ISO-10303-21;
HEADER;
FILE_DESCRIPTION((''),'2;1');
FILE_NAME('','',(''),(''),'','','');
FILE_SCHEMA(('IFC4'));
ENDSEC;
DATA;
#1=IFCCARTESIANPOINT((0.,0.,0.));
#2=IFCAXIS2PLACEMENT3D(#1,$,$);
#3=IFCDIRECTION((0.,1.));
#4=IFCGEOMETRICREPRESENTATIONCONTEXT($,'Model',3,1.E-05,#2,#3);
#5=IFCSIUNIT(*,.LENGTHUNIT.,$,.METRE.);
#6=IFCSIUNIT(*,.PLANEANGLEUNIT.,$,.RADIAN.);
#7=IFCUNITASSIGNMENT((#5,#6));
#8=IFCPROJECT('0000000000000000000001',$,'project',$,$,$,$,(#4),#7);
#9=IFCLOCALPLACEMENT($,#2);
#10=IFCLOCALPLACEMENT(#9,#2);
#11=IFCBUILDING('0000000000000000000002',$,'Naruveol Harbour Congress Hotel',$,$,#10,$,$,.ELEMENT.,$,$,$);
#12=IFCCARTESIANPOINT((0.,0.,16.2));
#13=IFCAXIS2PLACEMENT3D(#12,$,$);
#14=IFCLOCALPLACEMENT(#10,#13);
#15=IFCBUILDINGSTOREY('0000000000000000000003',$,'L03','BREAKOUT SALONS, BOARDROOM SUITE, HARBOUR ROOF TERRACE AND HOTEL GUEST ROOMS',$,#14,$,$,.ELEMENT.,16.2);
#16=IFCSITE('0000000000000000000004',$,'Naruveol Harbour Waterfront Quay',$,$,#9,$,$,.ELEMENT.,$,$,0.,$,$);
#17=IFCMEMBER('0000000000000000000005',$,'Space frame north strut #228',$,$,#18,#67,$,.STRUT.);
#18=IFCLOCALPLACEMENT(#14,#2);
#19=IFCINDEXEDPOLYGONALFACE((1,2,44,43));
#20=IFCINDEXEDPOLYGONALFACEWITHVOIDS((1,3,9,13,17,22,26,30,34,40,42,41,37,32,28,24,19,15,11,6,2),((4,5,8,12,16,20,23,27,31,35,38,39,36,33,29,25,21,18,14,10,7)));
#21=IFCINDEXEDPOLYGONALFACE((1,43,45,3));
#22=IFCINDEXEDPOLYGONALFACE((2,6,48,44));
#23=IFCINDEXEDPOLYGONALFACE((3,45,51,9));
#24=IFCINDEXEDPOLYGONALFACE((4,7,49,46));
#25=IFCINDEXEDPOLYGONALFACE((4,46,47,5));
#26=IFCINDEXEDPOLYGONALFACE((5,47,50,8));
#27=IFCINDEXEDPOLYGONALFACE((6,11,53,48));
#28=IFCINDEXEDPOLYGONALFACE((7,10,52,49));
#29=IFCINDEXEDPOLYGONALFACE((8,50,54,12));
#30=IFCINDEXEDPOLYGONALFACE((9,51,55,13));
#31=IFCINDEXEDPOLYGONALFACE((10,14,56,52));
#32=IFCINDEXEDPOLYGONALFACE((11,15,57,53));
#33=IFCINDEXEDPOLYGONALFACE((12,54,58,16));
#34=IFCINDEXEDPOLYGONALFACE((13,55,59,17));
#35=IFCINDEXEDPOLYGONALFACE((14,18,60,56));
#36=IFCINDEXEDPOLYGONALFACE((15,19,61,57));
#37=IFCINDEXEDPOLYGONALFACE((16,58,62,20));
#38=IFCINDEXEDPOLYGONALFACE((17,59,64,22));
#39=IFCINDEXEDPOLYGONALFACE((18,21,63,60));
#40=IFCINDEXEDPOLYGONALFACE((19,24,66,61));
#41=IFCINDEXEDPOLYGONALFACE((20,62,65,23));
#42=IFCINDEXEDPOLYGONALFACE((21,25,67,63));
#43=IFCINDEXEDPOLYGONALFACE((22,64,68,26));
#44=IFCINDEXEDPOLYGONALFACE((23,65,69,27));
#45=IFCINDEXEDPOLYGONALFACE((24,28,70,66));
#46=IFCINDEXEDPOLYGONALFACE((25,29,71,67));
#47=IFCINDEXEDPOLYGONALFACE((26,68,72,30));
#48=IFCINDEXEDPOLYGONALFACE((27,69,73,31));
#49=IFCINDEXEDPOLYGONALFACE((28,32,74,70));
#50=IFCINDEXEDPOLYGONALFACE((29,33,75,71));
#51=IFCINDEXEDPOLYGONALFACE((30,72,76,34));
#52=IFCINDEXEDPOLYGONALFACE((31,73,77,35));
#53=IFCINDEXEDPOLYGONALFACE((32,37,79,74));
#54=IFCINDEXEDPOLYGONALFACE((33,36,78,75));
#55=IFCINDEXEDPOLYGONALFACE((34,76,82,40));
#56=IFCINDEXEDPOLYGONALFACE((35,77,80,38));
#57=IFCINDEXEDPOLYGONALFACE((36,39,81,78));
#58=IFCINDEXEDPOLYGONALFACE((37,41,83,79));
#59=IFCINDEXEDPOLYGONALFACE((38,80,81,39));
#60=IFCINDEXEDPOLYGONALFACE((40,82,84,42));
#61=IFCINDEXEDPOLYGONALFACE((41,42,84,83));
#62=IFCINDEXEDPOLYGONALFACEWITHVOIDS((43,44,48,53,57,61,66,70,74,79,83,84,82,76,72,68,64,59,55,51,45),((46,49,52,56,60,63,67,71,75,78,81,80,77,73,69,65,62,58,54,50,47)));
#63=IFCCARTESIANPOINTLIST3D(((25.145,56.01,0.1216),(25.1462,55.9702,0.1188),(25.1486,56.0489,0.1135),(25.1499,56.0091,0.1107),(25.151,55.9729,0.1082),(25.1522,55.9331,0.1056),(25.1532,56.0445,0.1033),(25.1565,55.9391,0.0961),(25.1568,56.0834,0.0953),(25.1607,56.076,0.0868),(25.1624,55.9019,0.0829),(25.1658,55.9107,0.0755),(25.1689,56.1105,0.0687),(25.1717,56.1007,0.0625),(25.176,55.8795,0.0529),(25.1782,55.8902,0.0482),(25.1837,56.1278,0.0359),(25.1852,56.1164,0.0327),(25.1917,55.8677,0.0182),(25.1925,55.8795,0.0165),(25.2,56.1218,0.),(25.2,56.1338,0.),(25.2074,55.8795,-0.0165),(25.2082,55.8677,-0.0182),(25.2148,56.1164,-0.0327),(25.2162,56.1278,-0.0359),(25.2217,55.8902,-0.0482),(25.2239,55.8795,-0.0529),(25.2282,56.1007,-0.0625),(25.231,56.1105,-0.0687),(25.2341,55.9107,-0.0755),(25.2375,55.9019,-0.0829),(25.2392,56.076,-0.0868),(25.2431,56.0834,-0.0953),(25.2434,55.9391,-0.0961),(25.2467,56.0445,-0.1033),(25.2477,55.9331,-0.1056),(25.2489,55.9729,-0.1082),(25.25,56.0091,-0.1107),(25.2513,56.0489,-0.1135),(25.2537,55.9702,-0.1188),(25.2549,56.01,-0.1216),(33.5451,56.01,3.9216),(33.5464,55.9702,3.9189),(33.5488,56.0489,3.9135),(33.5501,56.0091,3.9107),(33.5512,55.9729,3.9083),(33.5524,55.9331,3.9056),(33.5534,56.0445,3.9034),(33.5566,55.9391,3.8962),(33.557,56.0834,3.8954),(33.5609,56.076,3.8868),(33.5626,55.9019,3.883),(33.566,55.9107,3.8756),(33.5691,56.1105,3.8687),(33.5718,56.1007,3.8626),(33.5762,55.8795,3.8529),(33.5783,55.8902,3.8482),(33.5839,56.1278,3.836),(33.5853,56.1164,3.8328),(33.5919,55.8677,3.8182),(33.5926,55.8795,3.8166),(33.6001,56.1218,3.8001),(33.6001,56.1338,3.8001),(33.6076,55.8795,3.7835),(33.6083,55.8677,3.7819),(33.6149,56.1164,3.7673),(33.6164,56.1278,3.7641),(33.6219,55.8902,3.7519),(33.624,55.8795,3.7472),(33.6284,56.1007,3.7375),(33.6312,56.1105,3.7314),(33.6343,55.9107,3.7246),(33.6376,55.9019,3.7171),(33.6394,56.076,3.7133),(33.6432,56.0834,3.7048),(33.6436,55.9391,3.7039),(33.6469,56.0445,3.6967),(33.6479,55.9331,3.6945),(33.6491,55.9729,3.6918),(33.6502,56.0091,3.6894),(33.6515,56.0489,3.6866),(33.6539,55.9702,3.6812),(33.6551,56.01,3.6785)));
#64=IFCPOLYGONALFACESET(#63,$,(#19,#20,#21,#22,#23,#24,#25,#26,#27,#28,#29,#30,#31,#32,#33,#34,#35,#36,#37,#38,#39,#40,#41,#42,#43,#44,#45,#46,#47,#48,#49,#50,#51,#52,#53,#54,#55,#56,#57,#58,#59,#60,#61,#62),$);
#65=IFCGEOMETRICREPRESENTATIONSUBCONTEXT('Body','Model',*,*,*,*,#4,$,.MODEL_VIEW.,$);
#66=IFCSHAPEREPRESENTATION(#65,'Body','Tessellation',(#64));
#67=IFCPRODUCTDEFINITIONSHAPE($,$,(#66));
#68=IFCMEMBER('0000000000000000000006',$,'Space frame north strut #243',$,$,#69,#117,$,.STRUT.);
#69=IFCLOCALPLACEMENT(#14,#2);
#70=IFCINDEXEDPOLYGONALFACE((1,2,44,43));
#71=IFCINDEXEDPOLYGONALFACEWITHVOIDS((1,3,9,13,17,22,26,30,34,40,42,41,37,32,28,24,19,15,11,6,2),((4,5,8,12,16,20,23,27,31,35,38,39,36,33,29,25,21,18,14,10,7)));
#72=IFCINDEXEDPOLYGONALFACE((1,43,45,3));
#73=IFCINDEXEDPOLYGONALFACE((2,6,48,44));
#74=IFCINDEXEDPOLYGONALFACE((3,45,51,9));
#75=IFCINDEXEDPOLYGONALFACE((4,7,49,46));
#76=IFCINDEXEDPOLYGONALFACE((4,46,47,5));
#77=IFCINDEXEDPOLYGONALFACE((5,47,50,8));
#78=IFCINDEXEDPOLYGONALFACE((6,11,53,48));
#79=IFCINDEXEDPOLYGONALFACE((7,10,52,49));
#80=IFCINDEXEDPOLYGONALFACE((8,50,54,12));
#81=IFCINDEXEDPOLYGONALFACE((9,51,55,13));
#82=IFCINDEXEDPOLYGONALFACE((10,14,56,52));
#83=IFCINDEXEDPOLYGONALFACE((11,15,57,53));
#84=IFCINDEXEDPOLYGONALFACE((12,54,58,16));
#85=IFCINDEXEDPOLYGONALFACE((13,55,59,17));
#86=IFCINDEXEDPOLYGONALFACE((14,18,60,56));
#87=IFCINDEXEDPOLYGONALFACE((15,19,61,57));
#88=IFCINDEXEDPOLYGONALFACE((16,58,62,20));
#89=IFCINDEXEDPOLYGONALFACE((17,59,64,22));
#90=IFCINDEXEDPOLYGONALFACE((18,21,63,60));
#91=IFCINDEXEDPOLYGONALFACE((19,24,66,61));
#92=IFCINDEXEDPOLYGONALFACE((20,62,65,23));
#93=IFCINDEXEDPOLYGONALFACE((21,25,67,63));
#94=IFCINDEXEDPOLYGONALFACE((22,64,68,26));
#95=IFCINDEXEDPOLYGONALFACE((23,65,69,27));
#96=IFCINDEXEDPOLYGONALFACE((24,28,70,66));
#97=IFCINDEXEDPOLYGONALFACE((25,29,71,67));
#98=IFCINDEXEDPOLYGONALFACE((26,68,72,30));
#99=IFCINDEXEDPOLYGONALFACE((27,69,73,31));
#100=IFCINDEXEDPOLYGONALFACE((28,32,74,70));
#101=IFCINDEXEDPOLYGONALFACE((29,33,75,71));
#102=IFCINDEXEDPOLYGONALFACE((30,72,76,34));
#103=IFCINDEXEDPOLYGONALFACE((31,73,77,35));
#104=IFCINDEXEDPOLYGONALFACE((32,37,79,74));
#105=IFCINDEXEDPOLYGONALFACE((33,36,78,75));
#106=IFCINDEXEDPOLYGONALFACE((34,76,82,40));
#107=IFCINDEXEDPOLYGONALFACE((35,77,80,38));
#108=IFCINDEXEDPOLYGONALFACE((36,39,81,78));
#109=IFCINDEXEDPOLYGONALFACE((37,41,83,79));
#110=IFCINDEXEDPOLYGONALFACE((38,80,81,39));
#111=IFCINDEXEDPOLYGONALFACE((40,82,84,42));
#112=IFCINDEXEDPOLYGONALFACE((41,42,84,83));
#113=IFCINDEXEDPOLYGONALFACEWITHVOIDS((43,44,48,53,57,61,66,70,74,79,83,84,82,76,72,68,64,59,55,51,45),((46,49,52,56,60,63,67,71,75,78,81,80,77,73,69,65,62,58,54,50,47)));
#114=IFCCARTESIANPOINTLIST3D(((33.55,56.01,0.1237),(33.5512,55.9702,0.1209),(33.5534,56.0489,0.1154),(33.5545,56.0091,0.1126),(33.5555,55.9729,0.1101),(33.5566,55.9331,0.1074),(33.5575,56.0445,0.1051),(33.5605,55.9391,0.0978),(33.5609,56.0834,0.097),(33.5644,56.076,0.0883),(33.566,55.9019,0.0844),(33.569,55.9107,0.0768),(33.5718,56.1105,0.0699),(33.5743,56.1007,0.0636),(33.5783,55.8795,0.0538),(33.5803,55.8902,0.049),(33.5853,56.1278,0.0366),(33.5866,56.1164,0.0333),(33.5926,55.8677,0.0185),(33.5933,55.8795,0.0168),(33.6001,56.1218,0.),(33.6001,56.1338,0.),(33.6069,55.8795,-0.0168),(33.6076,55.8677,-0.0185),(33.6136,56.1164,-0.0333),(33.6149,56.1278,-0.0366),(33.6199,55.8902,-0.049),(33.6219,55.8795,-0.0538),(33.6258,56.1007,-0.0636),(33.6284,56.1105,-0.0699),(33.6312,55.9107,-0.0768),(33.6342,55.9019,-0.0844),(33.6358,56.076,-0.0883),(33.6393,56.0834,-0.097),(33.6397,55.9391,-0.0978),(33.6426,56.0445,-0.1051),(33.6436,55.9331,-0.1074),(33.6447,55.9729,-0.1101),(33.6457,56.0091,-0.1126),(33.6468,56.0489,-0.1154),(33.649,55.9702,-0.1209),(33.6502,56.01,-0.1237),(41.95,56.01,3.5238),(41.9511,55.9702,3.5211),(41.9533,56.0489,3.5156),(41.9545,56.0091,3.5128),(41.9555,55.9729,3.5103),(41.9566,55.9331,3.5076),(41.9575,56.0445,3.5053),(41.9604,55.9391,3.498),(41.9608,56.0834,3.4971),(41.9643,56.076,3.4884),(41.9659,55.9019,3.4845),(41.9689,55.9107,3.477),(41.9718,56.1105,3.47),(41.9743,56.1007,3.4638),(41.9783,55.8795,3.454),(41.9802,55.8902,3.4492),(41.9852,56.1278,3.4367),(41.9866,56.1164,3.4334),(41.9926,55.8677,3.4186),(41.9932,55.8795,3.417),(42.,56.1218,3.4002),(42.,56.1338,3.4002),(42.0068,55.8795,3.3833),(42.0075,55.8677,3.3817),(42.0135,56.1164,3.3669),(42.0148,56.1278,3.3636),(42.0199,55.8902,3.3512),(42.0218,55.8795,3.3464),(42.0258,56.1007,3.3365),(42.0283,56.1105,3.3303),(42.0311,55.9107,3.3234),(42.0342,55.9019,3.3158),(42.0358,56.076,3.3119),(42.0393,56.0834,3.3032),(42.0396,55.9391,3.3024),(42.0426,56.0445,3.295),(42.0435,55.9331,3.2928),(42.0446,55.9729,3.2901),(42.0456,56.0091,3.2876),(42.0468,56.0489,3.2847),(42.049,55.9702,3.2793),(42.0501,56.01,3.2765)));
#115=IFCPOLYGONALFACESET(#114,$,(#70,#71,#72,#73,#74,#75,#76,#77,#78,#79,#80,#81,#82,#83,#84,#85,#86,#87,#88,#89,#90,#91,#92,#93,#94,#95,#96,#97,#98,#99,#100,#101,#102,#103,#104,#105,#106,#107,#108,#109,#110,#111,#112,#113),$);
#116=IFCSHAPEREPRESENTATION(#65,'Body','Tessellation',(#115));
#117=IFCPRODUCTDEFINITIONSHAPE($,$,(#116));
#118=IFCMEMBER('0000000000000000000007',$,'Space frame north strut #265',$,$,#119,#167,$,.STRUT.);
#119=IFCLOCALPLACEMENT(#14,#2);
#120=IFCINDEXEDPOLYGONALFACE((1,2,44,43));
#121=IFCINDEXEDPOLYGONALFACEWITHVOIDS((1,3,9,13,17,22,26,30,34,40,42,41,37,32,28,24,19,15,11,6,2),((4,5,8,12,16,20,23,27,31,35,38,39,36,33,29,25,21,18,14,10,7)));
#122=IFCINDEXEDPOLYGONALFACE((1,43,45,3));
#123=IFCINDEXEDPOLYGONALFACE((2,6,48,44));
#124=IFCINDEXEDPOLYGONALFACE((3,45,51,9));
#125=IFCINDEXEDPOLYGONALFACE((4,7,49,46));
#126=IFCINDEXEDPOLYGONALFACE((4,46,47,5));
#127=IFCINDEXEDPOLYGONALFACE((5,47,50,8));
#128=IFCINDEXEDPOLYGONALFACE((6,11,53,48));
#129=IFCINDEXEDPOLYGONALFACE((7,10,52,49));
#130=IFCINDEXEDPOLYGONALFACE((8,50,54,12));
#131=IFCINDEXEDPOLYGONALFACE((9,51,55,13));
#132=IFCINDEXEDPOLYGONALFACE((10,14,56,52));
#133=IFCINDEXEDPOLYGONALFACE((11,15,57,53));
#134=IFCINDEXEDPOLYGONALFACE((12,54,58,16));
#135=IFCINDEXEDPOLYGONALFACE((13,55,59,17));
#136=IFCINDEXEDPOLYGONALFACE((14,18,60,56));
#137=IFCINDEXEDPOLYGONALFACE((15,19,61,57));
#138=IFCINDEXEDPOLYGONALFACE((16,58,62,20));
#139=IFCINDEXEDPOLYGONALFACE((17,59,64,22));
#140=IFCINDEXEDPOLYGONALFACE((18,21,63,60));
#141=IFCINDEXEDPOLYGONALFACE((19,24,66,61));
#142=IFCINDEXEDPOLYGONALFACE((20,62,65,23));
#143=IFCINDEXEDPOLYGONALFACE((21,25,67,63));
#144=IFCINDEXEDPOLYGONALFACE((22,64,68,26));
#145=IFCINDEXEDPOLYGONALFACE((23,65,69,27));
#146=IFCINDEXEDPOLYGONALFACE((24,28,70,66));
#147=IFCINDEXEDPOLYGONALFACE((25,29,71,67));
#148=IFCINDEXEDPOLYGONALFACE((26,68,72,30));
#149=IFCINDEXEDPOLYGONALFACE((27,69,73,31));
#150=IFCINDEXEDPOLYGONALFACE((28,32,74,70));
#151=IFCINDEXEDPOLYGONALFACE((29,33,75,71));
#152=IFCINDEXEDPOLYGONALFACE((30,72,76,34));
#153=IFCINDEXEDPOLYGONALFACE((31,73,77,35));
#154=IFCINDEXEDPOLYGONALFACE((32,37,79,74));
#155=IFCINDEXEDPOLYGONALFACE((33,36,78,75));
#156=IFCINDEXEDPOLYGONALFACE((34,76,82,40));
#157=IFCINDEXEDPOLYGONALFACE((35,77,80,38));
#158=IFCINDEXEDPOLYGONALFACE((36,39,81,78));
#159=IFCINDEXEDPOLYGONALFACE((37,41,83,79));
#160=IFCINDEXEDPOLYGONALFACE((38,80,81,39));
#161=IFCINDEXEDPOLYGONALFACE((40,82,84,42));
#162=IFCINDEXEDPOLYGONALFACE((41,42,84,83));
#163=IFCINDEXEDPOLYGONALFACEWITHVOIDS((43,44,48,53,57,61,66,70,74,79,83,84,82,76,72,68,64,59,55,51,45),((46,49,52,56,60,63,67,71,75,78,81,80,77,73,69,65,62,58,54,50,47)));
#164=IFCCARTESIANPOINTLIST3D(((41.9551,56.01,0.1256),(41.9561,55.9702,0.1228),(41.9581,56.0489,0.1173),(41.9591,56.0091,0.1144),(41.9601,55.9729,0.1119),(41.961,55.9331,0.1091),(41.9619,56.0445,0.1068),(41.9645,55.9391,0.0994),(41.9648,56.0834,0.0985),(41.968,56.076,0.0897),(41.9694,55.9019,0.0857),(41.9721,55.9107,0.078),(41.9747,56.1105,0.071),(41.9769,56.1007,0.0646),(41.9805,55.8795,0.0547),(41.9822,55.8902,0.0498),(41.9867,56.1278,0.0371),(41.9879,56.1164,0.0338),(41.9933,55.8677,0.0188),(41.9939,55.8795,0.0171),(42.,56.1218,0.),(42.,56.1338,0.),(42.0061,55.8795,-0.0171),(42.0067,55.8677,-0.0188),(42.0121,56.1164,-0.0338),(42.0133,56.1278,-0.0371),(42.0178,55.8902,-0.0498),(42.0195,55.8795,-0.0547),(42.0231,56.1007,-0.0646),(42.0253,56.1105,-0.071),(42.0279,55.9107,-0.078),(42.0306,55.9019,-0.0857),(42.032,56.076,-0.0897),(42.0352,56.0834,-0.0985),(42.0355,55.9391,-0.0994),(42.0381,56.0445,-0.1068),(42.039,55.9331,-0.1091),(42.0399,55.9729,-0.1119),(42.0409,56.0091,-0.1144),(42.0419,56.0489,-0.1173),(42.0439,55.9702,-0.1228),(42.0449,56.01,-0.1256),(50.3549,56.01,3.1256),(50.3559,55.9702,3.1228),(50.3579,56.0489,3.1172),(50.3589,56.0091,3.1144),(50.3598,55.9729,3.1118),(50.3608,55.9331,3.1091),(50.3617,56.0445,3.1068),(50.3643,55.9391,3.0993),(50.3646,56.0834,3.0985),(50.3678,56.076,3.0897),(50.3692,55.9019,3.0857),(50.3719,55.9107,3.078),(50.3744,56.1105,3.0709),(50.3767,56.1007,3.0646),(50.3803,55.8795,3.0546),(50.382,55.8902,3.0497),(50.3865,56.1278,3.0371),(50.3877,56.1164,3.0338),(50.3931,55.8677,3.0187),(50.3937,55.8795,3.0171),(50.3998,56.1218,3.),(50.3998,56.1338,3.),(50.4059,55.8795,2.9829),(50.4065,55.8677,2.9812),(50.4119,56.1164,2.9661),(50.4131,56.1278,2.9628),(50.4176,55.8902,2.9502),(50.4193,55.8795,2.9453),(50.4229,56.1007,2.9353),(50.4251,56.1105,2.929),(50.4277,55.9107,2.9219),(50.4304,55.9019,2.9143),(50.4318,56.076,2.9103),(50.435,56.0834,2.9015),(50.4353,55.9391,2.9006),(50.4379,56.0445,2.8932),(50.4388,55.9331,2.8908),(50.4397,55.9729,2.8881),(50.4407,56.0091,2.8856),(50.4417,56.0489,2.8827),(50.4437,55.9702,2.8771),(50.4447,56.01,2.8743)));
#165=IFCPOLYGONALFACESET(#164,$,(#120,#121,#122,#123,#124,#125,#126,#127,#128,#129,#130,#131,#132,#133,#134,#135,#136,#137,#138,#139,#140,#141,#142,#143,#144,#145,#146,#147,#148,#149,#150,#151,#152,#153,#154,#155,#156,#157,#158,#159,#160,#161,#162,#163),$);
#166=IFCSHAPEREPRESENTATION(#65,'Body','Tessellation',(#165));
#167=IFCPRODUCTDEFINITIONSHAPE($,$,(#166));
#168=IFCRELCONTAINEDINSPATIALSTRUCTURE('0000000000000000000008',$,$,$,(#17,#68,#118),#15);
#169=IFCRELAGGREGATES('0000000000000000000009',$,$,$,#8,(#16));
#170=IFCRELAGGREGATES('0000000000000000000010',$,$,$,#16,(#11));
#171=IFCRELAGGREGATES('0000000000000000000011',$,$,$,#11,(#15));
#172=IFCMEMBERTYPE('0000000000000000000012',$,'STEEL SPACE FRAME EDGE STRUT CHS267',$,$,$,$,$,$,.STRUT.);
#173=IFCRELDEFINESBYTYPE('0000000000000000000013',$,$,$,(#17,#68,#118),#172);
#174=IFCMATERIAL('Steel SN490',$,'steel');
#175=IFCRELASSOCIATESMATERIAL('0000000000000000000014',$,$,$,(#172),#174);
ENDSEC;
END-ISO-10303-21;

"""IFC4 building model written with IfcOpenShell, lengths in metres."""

from ifc_helpers import new_model, si_unit, direction, frame, origin, origin_2d, place, context, subcontext, project, spatial, hollow_circle, extrude, material, material_profile, profile_set, type_object, element, save


model = new_model("IFC4")

# Units and contexts
model_context = context("Model", 3, precision=1e-05, world=origin(), true_north=direction((0.0, 1.0)))
body_context = subcontext(model_context, "Body", "Model", "MODEL_VIEW")
ifc_project = project(units=[si_unit("LENGTHUNIT", "METRE"), si_unit("PLANEANGLEUNIT", "RADIAN")], contexts=[model_context])

# Site, building, storey
site_placement = place(None, origin())
site = spatial("IfcSite", under=ifc_project, at=site_placement, Name="Naruveol Harbour Waterfront Quay", CompositionType="ELEMENT", RefElevation=0.0)
building_placement = place(site_placement, origin())
building = spatial("IfcBuilding", under=site, at=building_placement, Name="Naruveol Harbour Congress Hotel", CompositionType="ELEMENT")
storey_placement = place(building_placement, frame((0.0, 0.0, 16.2)))
storey = spatial("IfcBuildingStorey", under=building, at=storey_placement, Name="L03", Description="BREAKOUT SALONS, BOARDROOM SUITE, HARBOUR ROOF TERRACE AND HOTEL GUEST ROOMS", CompositionType="ELEMENT", Elevation=16.2)

# Members
ifc_material_1 = material(Name="Steel SN490", Category="steel")
ifc_material_profile_1 = material_profile(ifc_material_1, hollow_circle(Radius=0.1338, WallThickness=0.012, at=origin_2d()), Name="CHS-267.4x12")
ifc_profile_set_1 = profile_set([ifc_material_profile_1], Name="Steel SN490")
member_type_1 = type_object("IfcMemberType", Name="STEEL SPACE FRAME EDGE STRUT CHS267", PredefinedType="STRUT", material=ifc_profile_set_1)
member_1_placement = place(storey_placement, frame((25.2, 56.0, 0.0), z_axis=(0.911109, 0.0, 0.412166), x_axis=(0.0, 1.0, 0.0)))
element("IfcMember", 1, at=member_1_placement, inside=storey, type_object=member_type_1, Name="Space frame north strut #228", PredefinedType="STRUT", context=body_context, shape_type="SweptSolid", body=[
    extrude(hollow_circle(Radius=0.1338, WallThickness=0.012, at=origin_2d()), origin(), (0.0, 0.0, 1.0), 9.2197),
])
member_2_placement = place(storey_placement, frame((33.6001, 56.0, 0.0), z_axis=(0.92694, 0.0, 0.37521), x_axis=(0.0, 1.0, 0.0)))
element("IfcMember", 2, at=member_2_placement, inside=storey, type_object=member_type_1, Name="Space frame north strut #243", PredefinedType="STRUT", context=body_context, shape_type="SweptSolid", body=[
    extrude(hollow_circle(Radius=0.1338, WallThickness=0.012, at=origin_2d()), origin(), (0.0, 0.0, 1.0), 9.062),
])
member_3_placement = place(storey_placement, frame((42.0, 56.0, 0.0), z_axis=(0.941741, 0.0, 0.33634), x_axis=(0.0, 1.0, 0.0)))
element("IfcMember", 3, at=member_3_placement, inside=storey, type_object=member_type_1, Name="Space frame north strut #265", PredefinedType="STRUT", context=body_context, shape_type="SweptSolid", body=[
    extrude(hollow_circle(Radius=0.1338, WallThickness=0.012, at=origin_2d()), origin(), (0.0, 0.0, 1.0), 8.9194),
])

save(model, "model.ifc")
